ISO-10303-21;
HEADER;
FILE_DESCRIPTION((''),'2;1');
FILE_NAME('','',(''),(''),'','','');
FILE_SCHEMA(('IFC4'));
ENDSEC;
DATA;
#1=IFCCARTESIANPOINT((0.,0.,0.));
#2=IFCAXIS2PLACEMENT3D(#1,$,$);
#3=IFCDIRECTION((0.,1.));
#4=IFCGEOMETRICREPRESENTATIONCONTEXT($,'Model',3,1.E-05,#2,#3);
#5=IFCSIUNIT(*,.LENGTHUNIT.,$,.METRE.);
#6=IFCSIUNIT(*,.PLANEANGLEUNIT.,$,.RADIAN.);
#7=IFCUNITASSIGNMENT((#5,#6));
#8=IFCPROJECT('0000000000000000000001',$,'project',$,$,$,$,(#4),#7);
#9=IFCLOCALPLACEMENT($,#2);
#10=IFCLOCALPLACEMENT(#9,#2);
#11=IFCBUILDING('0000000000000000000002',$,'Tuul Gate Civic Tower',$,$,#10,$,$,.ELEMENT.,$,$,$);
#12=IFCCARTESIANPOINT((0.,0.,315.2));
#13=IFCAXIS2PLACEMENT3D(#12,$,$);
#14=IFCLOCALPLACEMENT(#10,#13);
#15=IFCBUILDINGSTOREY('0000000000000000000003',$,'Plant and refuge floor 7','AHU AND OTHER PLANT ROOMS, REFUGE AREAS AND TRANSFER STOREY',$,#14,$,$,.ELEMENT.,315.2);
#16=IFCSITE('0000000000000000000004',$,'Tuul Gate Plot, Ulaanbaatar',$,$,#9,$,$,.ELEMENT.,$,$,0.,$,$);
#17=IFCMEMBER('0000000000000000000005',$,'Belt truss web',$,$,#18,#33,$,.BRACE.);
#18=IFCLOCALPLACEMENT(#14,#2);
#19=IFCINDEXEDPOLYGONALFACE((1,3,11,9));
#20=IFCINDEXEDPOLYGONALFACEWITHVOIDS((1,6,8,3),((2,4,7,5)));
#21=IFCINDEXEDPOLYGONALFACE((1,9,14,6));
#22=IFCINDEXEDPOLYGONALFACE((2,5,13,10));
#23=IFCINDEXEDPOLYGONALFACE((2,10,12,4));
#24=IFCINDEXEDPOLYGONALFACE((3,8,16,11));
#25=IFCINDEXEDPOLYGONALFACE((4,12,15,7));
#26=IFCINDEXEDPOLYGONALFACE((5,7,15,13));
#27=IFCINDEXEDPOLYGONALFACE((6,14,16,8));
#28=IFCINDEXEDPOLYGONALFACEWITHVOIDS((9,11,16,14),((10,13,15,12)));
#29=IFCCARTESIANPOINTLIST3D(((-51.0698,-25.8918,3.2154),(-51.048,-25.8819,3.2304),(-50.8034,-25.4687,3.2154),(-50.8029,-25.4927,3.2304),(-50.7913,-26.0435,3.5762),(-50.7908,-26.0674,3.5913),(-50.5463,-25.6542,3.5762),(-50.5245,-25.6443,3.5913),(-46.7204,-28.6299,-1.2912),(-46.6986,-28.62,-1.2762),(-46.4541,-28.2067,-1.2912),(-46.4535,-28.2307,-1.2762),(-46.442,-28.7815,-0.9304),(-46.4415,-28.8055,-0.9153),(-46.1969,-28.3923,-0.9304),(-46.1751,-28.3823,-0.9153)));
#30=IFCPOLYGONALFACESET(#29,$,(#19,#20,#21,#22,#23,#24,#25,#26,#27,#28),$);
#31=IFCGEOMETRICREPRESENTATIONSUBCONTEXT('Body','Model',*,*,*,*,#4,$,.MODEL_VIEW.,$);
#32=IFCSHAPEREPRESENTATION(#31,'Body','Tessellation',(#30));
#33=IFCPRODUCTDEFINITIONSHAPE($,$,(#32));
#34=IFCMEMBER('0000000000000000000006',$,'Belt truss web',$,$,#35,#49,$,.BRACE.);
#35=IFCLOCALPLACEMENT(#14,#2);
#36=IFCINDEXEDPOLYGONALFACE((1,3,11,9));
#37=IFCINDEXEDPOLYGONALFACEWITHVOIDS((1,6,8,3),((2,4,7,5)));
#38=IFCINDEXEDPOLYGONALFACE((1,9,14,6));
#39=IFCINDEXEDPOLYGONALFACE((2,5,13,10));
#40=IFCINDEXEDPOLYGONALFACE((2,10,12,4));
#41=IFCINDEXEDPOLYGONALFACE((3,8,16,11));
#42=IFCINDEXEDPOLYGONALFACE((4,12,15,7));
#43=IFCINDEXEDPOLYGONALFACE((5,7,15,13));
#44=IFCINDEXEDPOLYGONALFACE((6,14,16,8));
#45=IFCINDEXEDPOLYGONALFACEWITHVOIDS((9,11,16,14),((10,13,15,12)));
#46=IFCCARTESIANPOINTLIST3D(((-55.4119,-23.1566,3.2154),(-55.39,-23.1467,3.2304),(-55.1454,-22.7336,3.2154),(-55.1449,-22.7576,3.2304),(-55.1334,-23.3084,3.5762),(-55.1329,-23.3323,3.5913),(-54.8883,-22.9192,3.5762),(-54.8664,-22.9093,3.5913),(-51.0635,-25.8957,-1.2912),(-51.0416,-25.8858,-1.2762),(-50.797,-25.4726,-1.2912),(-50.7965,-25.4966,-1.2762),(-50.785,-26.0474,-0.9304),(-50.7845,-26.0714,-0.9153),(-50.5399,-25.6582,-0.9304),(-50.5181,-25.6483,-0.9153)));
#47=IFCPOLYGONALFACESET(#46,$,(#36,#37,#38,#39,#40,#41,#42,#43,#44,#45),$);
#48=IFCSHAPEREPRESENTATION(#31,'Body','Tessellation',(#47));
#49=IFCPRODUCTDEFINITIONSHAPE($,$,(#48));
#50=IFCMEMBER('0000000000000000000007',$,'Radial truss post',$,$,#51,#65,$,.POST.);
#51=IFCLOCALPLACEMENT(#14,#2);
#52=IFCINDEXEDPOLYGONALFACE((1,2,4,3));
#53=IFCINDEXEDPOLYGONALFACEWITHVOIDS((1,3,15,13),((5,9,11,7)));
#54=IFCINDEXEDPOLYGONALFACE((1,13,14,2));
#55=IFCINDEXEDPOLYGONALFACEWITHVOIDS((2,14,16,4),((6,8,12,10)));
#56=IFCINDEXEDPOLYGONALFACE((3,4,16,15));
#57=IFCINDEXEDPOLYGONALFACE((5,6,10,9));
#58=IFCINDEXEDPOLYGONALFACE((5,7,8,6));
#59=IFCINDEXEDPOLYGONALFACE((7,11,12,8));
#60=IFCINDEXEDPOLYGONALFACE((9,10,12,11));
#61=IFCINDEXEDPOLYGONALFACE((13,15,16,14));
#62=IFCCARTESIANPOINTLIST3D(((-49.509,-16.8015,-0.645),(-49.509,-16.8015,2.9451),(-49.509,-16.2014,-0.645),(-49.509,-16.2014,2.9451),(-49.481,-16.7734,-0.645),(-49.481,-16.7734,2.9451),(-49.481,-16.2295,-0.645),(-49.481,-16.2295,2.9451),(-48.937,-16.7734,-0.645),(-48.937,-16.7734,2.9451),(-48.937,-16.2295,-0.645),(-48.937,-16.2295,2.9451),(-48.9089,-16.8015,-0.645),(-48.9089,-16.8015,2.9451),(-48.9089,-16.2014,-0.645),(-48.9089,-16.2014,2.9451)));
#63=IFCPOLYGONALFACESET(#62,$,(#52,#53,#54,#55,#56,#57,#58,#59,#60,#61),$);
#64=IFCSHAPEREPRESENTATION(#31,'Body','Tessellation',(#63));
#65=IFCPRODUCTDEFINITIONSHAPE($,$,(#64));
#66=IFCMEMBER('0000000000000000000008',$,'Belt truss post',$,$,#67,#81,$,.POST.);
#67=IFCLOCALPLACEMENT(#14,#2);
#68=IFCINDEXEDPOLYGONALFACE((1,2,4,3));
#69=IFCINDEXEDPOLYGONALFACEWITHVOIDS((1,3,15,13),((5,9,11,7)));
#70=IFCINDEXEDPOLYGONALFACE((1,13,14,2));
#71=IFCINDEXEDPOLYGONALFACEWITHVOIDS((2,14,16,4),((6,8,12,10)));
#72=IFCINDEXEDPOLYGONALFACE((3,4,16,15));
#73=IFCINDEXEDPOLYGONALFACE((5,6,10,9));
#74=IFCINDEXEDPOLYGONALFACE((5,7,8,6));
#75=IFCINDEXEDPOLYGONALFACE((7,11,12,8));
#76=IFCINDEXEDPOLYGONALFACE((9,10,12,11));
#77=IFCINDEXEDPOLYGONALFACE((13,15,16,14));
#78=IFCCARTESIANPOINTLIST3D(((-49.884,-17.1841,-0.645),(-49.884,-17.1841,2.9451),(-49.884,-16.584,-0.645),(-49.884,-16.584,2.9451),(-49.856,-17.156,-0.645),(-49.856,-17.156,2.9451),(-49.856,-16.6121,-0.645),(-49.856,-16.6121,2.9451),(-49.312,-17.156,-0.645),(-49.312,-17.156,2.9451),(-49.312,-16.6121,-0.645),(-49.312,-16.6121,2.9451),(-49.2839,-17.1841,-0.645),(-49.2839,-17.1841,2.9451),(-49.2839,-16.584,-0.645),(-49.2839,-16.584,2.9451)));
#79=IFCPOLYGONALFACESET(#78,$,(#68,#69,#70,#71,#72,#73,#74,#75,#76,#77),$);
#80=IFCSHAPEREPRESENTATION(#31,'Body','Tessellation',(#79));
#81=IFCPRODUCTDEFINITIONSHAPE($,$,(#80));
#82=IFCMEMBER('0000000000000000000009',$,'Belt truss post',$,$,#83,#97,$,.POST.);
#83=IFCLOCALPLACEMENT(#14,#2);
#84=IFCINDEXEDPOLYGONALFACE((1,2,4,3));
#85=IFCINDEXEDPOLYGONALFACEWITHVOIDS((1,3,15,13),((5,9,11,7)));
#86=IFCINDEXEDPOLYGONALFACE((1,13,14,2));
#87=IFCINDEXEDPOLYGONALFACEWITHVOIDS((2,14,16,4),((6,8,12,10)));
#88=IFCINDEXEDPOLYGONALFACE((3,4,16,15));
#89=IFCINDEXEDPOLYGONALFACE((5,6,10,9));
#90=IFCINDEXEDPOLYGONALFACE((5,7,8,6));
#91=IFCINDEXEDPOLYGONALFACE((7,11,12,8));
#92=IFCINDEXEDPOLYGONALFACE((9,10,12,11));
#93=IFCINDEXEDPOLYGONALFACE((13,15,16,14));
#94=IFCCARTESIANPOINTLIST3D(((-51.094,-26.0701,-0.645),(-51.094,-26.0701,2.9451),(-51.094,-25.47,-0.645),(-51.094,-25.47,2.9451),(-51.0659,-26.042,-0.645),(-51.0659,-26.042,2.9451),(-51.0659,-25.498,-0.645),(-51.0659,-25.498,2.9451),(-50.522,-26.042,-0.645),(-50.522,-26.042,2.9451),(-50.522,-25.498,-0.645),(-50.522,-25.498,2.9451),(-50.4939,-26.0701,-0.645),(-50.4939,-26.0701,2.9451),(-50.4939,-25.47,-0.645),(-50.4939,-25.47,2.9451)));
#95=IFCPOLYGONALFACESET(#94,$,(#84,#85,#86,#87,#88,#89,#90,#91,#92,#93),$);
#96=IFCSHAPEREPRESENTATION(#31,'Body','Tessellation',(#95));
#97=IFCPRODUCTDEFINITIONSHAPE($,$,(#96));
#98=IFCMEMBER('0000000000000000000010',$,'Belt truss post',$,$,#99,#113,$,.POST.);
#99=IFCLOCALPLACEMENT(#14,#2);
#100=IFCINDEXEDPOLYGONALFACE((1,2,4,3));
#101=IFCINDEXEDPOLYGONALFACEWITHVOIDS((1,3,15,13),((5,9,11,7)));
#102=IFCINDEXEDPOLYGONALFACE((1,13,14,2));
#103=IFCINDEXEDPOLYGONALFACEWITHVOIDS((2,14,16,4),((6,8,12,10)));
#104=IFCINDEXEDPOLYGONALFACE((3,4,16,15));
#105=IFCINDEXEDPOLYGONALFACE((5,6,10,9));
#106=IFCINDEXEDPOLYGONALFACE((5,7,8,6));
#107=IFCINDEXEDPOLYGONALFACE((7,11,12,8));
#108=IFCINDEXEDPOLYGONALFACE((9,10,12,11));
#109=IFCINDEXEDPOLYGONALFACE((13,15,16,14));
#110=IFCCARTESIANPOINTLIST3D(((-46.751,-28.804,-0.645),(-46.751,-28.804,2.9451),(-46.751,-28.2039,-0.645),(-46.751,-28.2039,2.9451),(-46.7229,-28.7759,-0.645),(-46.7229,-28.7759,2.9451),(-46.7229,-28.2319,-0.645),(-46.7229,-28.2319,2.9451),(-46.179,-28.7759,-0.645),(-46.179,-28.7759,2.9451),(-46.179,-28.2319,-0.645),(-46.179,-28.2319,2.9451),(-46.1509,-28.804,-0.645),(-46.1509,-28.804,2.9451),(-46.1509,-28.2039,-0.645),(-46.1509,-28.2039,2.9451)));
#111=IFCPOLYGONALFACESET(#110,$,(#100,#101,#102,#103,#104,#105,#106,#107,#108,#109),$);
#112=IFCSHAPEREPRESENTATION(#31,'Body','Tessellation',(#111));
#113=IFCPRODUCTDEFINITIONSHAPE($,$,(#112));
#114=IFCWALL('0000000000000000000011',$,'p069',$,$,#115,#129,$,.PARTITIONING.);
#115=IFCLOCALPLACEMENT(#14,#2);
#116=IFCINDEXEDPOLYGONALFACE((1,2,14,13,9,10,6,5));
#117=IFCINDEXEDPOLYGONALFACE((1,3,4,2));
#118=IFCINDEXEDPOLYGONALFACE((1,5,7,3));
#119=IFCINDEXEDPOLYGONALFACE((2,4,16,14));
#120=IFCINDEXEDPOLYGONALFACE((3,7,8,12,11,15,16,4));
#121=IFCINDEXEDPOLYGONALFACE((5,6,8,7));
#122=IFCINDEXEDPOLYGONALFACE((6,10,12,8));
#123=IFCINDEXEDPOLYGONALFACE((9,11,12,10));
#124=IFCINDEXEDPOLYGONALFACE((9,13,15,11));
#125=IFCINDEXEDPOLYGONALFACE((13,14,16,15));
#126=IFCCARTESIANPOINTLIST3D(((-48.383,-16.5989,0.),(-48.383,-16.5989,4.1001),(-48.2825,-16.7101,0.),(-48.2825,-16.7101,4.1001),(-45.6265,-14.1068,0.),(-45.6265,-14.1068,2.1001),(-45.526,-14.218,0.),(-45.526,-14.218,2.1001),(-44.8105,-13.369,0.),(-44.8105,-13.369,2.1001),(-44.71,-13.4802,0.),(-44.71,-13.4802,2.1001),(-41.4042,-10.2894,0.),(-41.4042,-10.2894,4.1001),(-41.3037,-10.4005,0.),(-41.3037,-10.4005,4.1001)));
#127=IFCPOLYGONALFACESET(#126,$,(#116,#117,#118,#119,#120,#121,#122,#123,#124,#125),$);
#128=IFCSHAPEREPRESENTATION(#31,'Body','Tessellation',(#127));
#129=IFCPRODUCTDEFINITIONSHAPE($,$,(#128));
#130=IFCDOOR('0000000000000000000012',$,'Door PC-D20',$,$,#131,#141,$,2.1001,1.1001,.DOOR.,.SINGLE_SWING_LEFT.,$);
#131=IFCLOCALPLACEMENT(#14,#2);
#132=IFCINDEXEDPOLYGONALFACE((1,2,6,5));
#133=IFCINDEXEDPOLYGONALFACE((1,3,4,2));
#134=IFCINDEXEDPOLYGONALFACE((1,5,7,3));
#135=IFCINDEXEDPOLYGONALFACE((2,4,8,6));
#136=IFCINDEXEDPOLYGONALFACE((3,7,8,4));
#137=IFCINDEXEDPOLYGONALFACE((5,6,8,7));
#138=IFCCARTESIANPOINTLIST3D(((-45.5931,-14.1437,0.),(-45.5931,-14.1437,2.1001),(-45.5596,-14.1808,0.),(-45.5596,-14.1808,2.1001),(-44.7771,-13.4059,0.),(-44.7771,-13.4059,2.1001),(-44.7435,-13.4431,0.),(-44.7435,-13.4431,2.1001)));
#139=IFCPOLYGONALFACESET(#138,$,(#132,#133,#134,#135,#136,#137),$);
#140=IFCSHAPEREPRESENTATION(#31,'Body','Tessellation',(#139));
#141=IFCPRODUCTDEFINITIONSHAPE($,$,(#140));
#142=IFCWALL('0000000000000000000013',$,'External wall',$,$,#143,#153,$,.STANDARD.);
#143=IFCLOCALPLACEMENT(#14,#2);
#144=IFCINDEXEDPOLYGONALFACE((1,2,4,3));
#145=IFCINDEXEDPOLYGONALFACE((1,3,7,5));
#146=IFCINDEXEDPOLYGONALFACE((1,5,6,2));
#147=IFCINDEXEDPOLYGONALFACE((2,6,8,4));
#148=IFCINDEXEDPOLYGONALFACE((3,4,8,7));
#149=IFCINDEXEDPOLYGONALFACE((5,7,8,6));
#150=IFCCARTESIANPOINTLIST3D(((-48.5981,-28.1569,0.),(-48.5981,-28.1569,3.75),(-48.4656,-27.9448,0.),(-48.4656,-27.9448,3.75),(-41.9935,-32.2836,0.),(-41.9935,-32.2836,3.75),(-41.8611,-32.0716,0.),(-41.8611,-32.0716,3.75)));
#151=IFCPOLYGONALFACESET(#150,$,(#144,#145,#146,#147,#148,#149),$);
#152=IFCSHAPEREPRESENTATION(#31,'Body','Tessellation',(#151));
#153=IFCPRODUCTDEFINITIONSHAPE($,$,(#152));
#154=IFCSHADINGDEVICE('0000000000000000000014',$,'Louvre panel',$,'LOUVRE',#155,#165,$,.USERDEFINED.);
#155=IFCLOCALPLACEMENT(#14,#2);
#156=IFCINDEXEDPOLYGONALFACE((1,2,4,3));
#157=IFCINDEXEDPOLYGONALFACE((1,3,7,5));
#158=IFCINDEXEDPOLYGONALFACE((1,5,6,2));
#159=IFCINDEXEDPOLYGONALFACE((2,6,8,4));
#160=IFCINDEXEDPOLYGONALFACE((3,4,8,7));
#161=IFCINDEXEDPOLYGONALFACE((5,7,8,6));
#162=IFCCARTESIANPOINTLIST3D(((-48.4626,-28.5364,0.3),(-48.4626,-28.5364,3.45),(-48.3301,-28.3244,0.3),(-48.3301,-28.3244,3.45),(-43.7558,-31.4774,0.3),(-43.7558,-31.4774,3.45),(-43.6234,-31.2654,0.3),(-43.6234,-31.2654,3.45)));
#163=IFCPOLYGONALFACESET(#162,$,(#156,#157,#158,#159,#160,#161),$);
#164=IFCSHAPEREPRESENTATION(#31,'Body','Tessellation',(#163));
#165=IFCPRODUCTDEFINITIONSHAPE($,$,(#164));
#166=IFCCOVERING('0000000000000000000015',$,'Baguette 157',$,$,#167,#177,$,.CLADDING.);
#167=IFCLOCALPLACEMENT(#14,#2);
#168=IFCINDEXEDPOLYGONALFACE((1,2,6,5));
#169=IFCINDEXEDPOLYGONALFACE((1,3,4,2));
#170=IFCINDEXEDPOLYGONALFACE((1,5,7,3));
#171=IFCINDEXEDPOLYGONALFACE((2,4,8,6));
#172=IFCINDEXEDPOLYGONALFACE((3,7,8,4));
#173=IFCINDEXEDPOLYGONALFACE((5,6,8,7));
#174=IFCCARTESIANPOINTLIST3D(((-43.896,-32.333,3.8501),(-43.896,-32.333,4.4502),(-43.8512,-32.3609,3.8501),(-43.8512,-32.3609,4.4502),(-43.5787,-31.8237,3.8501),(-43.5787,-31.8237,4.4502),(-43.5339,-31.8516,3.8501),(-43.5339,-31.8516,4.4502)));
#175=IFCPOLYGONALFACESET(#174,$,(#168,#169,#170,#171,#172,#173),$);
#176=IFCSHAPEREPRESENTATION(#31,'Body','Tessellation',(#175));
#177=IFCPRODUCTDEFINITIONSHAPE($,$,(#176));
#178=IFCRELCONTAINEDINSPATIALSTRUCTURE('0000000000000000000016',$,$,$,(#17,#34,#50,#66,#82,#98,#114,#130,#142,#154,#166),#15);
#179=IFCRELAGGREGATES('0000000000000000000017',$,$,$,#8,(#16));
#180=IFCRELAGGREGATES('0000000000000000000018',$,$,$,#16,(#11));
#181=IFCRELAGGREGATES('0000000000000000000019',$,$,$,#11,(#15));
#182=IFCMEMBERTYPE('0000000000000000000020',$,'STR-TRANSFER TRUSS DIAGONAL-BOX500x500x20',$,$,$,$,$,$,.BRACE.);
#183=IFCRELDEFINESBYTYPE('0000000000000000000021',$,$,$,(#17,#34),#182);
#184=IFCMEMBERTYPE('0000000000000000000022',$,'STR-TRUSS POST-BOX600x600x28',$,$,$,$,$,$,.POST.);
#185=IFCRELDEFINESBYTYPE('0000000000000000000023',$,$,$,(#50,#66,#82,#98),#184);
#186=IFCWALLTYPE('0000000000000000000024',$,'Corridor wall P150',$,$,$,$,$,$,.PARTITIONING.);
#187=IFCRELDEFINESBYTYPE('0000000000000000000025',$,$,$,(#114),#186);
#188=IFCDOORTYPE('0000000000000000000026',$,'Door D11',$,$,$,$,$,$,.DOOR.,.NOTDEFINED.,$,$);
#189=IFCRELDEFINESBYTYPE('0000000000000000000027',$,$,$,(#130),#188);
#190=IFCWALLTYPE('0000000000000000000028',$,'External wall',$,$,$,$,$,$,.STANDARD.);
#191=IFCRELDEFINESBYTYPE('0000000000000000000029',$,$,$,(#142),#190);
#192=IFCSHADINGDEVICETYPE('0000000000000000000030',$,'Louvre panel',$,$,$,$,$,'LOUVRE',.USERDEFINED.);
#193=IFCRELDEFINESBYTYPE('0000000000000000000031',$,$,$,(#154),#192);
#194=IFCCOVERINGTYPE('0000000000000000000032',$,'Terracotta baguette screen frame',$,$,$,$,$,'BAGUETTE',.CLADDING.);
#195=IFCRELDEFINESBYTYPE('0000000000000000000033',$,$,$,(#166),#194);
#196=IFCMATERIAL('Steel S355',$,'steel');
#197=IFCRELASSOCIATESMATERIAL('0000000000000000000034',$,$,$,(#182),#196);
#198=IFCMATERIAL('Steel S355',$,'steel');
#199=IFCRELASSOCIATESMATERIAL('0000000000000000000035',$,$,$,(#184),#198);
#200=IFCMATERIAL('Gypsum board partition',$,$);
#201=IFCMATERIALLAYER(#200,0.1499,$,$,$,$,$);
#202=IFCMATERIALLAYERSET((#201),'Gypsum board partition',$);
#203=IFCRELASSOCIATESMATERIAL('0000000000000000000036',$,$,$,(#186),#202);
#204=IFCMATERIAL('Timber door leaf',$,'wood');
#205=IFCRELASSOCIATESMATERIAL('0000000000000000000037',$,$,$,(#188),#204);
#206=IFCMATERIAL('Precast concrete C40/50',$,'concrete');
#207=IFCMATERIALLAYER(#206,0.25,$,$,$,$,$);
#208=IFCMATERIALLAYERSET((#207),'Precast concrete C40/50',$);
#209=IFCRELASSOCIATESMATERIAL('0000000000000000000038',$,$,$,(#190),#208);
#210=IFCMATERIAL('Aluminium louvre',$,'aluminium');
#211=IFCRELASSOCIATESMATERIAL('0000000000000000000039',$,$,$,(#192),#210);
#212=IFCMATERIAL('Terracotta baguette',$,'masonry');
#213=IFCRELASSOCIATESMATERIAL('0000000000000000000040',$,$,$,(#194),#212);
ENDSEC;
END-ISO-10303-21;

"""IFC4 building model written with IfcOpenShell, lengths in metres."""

from ifc_helpers import new_model, si_unit, direction, frame, frame_2d, origin, origin_2d, place, context, subcontext, project, spatial, rectangle, hollow_rectangle, extrude, material, layer, layer_set, material_profile, profile_set, type_object, element, fill, save


model = new_model("IFC4")

# Units and contexts
model_context = context("Model", 3, precision=1e-05, world=origin(), true_north=direction((0.0, 1.0)))
body_context = subcontext(model_context, "Body", "Model", "MODEL_VIEW")
ifc_project = project(units=[si_unit("LENGTHUNIT", "METRE"), si_unit("PLANEANGLEUNIT", "RADIAN")], contexts=[model_context])

# Site, building, storey
site_placement = place(None, origin())
site = spatial("IfcSite", under=ifc_project, at=site_placement, Name="Tuul Gate Plot, Ulaanbaatar", CompositionType="ELEMENT", RefElevation=0.0)
building_placement = place(site_placement, origin())
building = spatial("IfcBuilding", under=site, at=building_placement, Name="Tuul Gate Civic Tower", CompositionType="ELEMENT")
storey_placement = place(building_placement, frame((0.0, 0.0, 315.2)))
storey = spatial("IfcBuildingStorey", under=building, at=storey_placement, Name="Plant and refuge floor 7", Description="AHU AND OTHER PLANT ROOMS, REFUGE AREAS AND TRANSFER STOREY", CompositionType="ELEMENT", Elevation=315.2)

# Members
ifc_material_1 = material(Name="Steel S355", Category="steel")
ifc_material_profile_1 = material_profile(ifc_material_1, hollow_rectangle(XDim=0.5, YDim=0.5, WallThickness=0.02, at=origin_2d()), Name="BOX500x500x20")
ifc_profile_set_1 = profile_set([ifc_material_profile_1], Name="Steel S355")
member_type_1 = type_object("IfcMemberType", Name="STR-TRANSFER TRUSS DIAGONAL-BOX500x500x20", PredefinedType="BRACE", material=ifc_profile_set_1)
member_1_placement = place(storey_placement, frame((-46.4478, -28.5061, -1.1033), z_axis=(-0.636297, 0.400565, 0.659298), x_axis=(-0.53275, -0.846273, 0.0)))
element("IfcMember", 1, at=member_1_placement, inside=storey, type_object=member_type_1, Name="Belt truss web", PredefinedType="BRACE", context=body_context, shape_type="SweptSolid", body=[
    extrude(hollow_rectangle(XDim=0.5, YDim=0.5, WallThickness=0.02, at=origin_2d()), origin(), (0.0, 0.0, 1.0), 6.8354),
])
member_2_placement = place(storey_placement, frame((-50.7908, -25.772, -1.1033), z_axis=(-0.636175, 0.400721, 0.65932), x_axis=(-0.532972, -0.846133, 0.0)))
element("IfcMember", 2, at=member_2_placement, inside=storey, type_object=member_type_1, Name="Belt truss web", PredefinedType="BRACE", context=body_context, shape_type="SweptSolid", body=[
    extrude(hollow_rectangle(XDim=0.5, YDim=0.5, WallThickness=0.02, at=origin_2d()), origin(), (0.0, 0.0, 1.0), 6.8352),
])
ifc_material_2 = material(Name="Steel S355", Category="steel")
ifc_material_profile_2 = material_profile(ifc_material_2, hollow_rectangle(XDim=0.6001, YDim=0.6001, WallThickness=0.0281, at=origin_2d()), Name="BOX600x600x28")
ifc_profile_set_2 = profile_set([ifc_material_profile_2], Name="Steel S355")
member_type_2 = type_object("IfcMemberType", Name="STR-TRUSS POST-BOX600x600x28", PredefinedType="POST", material=ifc_profile_set_2)
for number, where, z_axis, x_axis, name in (
    (3, (-49.209, -16.5015, -0.645), (0.0, 0.0, 1.0), (1.0, 0.0, 0.0), "Radial truss post"),
    (4, (-49.584, -16.884, -0.645), (0.0, 0.0, 1.0), (1.0, 0.0, 0.0), "Belt truss post"),
    (5, (-50.7939, -25.77, -0.645), (0.0, 0.0, 1.0), (1.0, 0.0, 0.0), "Belt truss post"),
    (6, (-46.4509, -28.5039, -0.645), (0.0, 0.0, 1.0), (1.0, 0.0, 0.0), "Belt truss post"),
):
    element("IfcMember", number, at=place(storey_placement, frame(where, z_axis=z_axis, x_axis=x_axis)), inside=storey, type_object=member_type_2, Name=name, PredefinedType="POST", context=body_context, shape_type="SweptSolid", body=[
        extrude(hollow_rectangle(XDim=0.6001, YDim=0.6001, WallThickness=0.0281, at=origin_2d()), origin(), (0.0, 0.0, 1.0), 3.5901),
    ])

# Wall, opening, door
ifc_material_3 = material(Name="Gypsum board partition")
ifc_layer_1 = layer(ifc_material_3, 0.1499)
ifc_layer_set_1 = layer_set([ifc_layer_1], Name="Gypsum board partition")
wall_type_1 = type_object("IfcWallType", Name="Corridor wall P150", PredefinedType="PARTITIONING", material=ifc_layer_set_1)
wall_1_placement = place(storey_placement, frame((-48.3328, -16.6545, 0.0), z_axis=(0.0, 0.0, 1.0), x_axis=(0.741776, 0.670648, 0.0)))
wall_1 = element("IfcWall", 7, at=wall_1_placement, inside=storey, type_object=wall_type_1, Name="p069", PredefinedType="PARTITIONING", context=body_context, shape_type="SweptSolid", body=[
    extrude(rectangle(XDim=9.4082, YDim=0.1499, at=frame_2d((4.7041, 0.0))), origin(), (0.0, 0.0, 1.0), 4.1001),
])
opening_placement = place(wall_1_placement, frame((3.7161, 0.0, 0.0)))
opening = element("IfcOpeningElement", 8, at=opening_placement, cuts=wall_1, PredefinedType="OPENING", context=body_context, shape_type="SweptSolid", body=[
    extrude(rectangle(XDim=1.1001, YDim=2.1001, at=frame_2d((0.55, 1.05))), frame((0.0, 0.085, 0.0), z_axis=(0.0, -1.0, 0.0), x_axis=(1.0, 0.0, 0.0)), (0.0, 0.0, 1.0), 0.1699),
])
ifc_material_4 = material(Name="Timber door leaf", Category="wood")
door_type = type_object("IfcDoorType", Name="Door D11", OperationType="NOTDEFINED", PredefinedType="DOOR", material=ifc_material_4)
door_placement = place(opening_placement, frame((1.1001, 0.0, 0.0), z_axis=(0.0, 0.0, 1.0), x_axis=(-1.0, 0.0, 0.0)))
door = element("IfcDoor", 9, at=door_placement, inside=storey, type_object=door_type, Name="Door PC-D20", OperationType="SINGLE_SWING_LEFT", OverallHeight=2.1001, OverallWidth=1.1001, PredefinedType="DOOR", context=body_context, shape_type="SweptSolid", body=[
    extrude(rectangle(XDim=1.1001, YDim=2.1001, at=frame_2d((0.55, 1.05))), frame((0.0, 0.0249, 0.0), z_axis=(0.0, -1.0, 0.0), x_axis=(1.0, 0.0, 0.0)), (0.0, 0.0, 1.0), 0.05),
])
fill(opening, door)

# Wall
ifc_material_5 = material(Name="Precast concrete C40/50", Category="concrete")
ifc_layer_2 = layer(ifc_material_5, 0.25)
ifc_layer_set_2 = layer_set([ifc_layer_2], Name="Precast concrete C40/50")
wall_type_2 = type_object("IfcWallType", Name="External wall", PredefinedType="STANDARD", material=ifc_layer_set_2)
wall_2_placement = place(storey_placement, frame((-48.532, -28.0508, 0.0), z_axis=(0.0, 0.0, 1.0), x_axis=(0.848062, -0.529897, 0.0)))
element("IfcWall", 10, at=wall_2_placement, inside=storey, type_object=wall_type_2, Name="External wall", PredefinedType="STANDARD", context=body_context, shape_type="SweptSolid", body=[
    extrude(rectangle(XDim=7.7878, YDim=0.25, at=frame_2d((3.894, 0.0))), origin(), (0.0, 0.0, 1.0), 3.75),
])

# Shading device
ifc_material_6 = material(Name="Aluminium louvre", Category="aluminium")
shading_device_type = type_object("IfcShadingDeviceType", Name="Louvre panel", ElementType="LOUVRE", PredefinedType="USERDEFINED", material=ifc_material_6)
shading_device_placement = place(storey_placement, frame((-46.043, -29.9009, 0.3), z_axis=(0.0, 0.0, 1.0), x_axis=(-0.529912, -0.848053, 0.0)))
element("IfcShadingDevice", 11, at=shading_device_placement, inside=storey, type_object=shading_device_type, Name="Louvre panel", ObjectType="LOUVRE", PredefinedType="USERDEFINED", context=body_context, shape_type="SweptSolid", body=[
    extrude(rectangle(XDim=0.25, YDim=5.55, at=origin_2d()), origin(), (0.0, 0.0, 1.0), 3.1499),
])

# Covering
ifc_material_7 = material(Name="Terracotta baguette", Category="masonry")
ifc_material_profile_3 = material_profile(ifc_material_7, rectangle(XDim=0.6001, YDim=0.6001, at=origin_2d()), Name="Terracotta baguette screen frame")
ifc_profile_set_3 = profile_set([ifc_material_profile_3], Name="Terracotta baguette")
covering_type = type_object("IfcCoveringType", Name="Terracotta baguette screen frame", ElementType="BAGUETTE", PredefinedType="CLADDING", material=ifc_profile_set_3)
covering_1_placement = place(storey_placement, frame((-43.7373, -32.0784, 4.1501), z_axis=(0.848779, -0.528748, 0.0), x_axis=(0.528748, 0.848779, 0.0)))
element("IfcCovering", 12, at=covering_1_placement, inside=storey, type_object=covering_type, Name="Baguette 157", PredefinedType="CLADDING", context=body_context, shape_type="SweptSolid", body=[
    extrude(rectangle(XDim=0.6001, YDim=0.6001, at=origin_2d()), origin(), (0.0, 0.0, 1.0), 0.0527),
])

save(model, "model.ifc")
